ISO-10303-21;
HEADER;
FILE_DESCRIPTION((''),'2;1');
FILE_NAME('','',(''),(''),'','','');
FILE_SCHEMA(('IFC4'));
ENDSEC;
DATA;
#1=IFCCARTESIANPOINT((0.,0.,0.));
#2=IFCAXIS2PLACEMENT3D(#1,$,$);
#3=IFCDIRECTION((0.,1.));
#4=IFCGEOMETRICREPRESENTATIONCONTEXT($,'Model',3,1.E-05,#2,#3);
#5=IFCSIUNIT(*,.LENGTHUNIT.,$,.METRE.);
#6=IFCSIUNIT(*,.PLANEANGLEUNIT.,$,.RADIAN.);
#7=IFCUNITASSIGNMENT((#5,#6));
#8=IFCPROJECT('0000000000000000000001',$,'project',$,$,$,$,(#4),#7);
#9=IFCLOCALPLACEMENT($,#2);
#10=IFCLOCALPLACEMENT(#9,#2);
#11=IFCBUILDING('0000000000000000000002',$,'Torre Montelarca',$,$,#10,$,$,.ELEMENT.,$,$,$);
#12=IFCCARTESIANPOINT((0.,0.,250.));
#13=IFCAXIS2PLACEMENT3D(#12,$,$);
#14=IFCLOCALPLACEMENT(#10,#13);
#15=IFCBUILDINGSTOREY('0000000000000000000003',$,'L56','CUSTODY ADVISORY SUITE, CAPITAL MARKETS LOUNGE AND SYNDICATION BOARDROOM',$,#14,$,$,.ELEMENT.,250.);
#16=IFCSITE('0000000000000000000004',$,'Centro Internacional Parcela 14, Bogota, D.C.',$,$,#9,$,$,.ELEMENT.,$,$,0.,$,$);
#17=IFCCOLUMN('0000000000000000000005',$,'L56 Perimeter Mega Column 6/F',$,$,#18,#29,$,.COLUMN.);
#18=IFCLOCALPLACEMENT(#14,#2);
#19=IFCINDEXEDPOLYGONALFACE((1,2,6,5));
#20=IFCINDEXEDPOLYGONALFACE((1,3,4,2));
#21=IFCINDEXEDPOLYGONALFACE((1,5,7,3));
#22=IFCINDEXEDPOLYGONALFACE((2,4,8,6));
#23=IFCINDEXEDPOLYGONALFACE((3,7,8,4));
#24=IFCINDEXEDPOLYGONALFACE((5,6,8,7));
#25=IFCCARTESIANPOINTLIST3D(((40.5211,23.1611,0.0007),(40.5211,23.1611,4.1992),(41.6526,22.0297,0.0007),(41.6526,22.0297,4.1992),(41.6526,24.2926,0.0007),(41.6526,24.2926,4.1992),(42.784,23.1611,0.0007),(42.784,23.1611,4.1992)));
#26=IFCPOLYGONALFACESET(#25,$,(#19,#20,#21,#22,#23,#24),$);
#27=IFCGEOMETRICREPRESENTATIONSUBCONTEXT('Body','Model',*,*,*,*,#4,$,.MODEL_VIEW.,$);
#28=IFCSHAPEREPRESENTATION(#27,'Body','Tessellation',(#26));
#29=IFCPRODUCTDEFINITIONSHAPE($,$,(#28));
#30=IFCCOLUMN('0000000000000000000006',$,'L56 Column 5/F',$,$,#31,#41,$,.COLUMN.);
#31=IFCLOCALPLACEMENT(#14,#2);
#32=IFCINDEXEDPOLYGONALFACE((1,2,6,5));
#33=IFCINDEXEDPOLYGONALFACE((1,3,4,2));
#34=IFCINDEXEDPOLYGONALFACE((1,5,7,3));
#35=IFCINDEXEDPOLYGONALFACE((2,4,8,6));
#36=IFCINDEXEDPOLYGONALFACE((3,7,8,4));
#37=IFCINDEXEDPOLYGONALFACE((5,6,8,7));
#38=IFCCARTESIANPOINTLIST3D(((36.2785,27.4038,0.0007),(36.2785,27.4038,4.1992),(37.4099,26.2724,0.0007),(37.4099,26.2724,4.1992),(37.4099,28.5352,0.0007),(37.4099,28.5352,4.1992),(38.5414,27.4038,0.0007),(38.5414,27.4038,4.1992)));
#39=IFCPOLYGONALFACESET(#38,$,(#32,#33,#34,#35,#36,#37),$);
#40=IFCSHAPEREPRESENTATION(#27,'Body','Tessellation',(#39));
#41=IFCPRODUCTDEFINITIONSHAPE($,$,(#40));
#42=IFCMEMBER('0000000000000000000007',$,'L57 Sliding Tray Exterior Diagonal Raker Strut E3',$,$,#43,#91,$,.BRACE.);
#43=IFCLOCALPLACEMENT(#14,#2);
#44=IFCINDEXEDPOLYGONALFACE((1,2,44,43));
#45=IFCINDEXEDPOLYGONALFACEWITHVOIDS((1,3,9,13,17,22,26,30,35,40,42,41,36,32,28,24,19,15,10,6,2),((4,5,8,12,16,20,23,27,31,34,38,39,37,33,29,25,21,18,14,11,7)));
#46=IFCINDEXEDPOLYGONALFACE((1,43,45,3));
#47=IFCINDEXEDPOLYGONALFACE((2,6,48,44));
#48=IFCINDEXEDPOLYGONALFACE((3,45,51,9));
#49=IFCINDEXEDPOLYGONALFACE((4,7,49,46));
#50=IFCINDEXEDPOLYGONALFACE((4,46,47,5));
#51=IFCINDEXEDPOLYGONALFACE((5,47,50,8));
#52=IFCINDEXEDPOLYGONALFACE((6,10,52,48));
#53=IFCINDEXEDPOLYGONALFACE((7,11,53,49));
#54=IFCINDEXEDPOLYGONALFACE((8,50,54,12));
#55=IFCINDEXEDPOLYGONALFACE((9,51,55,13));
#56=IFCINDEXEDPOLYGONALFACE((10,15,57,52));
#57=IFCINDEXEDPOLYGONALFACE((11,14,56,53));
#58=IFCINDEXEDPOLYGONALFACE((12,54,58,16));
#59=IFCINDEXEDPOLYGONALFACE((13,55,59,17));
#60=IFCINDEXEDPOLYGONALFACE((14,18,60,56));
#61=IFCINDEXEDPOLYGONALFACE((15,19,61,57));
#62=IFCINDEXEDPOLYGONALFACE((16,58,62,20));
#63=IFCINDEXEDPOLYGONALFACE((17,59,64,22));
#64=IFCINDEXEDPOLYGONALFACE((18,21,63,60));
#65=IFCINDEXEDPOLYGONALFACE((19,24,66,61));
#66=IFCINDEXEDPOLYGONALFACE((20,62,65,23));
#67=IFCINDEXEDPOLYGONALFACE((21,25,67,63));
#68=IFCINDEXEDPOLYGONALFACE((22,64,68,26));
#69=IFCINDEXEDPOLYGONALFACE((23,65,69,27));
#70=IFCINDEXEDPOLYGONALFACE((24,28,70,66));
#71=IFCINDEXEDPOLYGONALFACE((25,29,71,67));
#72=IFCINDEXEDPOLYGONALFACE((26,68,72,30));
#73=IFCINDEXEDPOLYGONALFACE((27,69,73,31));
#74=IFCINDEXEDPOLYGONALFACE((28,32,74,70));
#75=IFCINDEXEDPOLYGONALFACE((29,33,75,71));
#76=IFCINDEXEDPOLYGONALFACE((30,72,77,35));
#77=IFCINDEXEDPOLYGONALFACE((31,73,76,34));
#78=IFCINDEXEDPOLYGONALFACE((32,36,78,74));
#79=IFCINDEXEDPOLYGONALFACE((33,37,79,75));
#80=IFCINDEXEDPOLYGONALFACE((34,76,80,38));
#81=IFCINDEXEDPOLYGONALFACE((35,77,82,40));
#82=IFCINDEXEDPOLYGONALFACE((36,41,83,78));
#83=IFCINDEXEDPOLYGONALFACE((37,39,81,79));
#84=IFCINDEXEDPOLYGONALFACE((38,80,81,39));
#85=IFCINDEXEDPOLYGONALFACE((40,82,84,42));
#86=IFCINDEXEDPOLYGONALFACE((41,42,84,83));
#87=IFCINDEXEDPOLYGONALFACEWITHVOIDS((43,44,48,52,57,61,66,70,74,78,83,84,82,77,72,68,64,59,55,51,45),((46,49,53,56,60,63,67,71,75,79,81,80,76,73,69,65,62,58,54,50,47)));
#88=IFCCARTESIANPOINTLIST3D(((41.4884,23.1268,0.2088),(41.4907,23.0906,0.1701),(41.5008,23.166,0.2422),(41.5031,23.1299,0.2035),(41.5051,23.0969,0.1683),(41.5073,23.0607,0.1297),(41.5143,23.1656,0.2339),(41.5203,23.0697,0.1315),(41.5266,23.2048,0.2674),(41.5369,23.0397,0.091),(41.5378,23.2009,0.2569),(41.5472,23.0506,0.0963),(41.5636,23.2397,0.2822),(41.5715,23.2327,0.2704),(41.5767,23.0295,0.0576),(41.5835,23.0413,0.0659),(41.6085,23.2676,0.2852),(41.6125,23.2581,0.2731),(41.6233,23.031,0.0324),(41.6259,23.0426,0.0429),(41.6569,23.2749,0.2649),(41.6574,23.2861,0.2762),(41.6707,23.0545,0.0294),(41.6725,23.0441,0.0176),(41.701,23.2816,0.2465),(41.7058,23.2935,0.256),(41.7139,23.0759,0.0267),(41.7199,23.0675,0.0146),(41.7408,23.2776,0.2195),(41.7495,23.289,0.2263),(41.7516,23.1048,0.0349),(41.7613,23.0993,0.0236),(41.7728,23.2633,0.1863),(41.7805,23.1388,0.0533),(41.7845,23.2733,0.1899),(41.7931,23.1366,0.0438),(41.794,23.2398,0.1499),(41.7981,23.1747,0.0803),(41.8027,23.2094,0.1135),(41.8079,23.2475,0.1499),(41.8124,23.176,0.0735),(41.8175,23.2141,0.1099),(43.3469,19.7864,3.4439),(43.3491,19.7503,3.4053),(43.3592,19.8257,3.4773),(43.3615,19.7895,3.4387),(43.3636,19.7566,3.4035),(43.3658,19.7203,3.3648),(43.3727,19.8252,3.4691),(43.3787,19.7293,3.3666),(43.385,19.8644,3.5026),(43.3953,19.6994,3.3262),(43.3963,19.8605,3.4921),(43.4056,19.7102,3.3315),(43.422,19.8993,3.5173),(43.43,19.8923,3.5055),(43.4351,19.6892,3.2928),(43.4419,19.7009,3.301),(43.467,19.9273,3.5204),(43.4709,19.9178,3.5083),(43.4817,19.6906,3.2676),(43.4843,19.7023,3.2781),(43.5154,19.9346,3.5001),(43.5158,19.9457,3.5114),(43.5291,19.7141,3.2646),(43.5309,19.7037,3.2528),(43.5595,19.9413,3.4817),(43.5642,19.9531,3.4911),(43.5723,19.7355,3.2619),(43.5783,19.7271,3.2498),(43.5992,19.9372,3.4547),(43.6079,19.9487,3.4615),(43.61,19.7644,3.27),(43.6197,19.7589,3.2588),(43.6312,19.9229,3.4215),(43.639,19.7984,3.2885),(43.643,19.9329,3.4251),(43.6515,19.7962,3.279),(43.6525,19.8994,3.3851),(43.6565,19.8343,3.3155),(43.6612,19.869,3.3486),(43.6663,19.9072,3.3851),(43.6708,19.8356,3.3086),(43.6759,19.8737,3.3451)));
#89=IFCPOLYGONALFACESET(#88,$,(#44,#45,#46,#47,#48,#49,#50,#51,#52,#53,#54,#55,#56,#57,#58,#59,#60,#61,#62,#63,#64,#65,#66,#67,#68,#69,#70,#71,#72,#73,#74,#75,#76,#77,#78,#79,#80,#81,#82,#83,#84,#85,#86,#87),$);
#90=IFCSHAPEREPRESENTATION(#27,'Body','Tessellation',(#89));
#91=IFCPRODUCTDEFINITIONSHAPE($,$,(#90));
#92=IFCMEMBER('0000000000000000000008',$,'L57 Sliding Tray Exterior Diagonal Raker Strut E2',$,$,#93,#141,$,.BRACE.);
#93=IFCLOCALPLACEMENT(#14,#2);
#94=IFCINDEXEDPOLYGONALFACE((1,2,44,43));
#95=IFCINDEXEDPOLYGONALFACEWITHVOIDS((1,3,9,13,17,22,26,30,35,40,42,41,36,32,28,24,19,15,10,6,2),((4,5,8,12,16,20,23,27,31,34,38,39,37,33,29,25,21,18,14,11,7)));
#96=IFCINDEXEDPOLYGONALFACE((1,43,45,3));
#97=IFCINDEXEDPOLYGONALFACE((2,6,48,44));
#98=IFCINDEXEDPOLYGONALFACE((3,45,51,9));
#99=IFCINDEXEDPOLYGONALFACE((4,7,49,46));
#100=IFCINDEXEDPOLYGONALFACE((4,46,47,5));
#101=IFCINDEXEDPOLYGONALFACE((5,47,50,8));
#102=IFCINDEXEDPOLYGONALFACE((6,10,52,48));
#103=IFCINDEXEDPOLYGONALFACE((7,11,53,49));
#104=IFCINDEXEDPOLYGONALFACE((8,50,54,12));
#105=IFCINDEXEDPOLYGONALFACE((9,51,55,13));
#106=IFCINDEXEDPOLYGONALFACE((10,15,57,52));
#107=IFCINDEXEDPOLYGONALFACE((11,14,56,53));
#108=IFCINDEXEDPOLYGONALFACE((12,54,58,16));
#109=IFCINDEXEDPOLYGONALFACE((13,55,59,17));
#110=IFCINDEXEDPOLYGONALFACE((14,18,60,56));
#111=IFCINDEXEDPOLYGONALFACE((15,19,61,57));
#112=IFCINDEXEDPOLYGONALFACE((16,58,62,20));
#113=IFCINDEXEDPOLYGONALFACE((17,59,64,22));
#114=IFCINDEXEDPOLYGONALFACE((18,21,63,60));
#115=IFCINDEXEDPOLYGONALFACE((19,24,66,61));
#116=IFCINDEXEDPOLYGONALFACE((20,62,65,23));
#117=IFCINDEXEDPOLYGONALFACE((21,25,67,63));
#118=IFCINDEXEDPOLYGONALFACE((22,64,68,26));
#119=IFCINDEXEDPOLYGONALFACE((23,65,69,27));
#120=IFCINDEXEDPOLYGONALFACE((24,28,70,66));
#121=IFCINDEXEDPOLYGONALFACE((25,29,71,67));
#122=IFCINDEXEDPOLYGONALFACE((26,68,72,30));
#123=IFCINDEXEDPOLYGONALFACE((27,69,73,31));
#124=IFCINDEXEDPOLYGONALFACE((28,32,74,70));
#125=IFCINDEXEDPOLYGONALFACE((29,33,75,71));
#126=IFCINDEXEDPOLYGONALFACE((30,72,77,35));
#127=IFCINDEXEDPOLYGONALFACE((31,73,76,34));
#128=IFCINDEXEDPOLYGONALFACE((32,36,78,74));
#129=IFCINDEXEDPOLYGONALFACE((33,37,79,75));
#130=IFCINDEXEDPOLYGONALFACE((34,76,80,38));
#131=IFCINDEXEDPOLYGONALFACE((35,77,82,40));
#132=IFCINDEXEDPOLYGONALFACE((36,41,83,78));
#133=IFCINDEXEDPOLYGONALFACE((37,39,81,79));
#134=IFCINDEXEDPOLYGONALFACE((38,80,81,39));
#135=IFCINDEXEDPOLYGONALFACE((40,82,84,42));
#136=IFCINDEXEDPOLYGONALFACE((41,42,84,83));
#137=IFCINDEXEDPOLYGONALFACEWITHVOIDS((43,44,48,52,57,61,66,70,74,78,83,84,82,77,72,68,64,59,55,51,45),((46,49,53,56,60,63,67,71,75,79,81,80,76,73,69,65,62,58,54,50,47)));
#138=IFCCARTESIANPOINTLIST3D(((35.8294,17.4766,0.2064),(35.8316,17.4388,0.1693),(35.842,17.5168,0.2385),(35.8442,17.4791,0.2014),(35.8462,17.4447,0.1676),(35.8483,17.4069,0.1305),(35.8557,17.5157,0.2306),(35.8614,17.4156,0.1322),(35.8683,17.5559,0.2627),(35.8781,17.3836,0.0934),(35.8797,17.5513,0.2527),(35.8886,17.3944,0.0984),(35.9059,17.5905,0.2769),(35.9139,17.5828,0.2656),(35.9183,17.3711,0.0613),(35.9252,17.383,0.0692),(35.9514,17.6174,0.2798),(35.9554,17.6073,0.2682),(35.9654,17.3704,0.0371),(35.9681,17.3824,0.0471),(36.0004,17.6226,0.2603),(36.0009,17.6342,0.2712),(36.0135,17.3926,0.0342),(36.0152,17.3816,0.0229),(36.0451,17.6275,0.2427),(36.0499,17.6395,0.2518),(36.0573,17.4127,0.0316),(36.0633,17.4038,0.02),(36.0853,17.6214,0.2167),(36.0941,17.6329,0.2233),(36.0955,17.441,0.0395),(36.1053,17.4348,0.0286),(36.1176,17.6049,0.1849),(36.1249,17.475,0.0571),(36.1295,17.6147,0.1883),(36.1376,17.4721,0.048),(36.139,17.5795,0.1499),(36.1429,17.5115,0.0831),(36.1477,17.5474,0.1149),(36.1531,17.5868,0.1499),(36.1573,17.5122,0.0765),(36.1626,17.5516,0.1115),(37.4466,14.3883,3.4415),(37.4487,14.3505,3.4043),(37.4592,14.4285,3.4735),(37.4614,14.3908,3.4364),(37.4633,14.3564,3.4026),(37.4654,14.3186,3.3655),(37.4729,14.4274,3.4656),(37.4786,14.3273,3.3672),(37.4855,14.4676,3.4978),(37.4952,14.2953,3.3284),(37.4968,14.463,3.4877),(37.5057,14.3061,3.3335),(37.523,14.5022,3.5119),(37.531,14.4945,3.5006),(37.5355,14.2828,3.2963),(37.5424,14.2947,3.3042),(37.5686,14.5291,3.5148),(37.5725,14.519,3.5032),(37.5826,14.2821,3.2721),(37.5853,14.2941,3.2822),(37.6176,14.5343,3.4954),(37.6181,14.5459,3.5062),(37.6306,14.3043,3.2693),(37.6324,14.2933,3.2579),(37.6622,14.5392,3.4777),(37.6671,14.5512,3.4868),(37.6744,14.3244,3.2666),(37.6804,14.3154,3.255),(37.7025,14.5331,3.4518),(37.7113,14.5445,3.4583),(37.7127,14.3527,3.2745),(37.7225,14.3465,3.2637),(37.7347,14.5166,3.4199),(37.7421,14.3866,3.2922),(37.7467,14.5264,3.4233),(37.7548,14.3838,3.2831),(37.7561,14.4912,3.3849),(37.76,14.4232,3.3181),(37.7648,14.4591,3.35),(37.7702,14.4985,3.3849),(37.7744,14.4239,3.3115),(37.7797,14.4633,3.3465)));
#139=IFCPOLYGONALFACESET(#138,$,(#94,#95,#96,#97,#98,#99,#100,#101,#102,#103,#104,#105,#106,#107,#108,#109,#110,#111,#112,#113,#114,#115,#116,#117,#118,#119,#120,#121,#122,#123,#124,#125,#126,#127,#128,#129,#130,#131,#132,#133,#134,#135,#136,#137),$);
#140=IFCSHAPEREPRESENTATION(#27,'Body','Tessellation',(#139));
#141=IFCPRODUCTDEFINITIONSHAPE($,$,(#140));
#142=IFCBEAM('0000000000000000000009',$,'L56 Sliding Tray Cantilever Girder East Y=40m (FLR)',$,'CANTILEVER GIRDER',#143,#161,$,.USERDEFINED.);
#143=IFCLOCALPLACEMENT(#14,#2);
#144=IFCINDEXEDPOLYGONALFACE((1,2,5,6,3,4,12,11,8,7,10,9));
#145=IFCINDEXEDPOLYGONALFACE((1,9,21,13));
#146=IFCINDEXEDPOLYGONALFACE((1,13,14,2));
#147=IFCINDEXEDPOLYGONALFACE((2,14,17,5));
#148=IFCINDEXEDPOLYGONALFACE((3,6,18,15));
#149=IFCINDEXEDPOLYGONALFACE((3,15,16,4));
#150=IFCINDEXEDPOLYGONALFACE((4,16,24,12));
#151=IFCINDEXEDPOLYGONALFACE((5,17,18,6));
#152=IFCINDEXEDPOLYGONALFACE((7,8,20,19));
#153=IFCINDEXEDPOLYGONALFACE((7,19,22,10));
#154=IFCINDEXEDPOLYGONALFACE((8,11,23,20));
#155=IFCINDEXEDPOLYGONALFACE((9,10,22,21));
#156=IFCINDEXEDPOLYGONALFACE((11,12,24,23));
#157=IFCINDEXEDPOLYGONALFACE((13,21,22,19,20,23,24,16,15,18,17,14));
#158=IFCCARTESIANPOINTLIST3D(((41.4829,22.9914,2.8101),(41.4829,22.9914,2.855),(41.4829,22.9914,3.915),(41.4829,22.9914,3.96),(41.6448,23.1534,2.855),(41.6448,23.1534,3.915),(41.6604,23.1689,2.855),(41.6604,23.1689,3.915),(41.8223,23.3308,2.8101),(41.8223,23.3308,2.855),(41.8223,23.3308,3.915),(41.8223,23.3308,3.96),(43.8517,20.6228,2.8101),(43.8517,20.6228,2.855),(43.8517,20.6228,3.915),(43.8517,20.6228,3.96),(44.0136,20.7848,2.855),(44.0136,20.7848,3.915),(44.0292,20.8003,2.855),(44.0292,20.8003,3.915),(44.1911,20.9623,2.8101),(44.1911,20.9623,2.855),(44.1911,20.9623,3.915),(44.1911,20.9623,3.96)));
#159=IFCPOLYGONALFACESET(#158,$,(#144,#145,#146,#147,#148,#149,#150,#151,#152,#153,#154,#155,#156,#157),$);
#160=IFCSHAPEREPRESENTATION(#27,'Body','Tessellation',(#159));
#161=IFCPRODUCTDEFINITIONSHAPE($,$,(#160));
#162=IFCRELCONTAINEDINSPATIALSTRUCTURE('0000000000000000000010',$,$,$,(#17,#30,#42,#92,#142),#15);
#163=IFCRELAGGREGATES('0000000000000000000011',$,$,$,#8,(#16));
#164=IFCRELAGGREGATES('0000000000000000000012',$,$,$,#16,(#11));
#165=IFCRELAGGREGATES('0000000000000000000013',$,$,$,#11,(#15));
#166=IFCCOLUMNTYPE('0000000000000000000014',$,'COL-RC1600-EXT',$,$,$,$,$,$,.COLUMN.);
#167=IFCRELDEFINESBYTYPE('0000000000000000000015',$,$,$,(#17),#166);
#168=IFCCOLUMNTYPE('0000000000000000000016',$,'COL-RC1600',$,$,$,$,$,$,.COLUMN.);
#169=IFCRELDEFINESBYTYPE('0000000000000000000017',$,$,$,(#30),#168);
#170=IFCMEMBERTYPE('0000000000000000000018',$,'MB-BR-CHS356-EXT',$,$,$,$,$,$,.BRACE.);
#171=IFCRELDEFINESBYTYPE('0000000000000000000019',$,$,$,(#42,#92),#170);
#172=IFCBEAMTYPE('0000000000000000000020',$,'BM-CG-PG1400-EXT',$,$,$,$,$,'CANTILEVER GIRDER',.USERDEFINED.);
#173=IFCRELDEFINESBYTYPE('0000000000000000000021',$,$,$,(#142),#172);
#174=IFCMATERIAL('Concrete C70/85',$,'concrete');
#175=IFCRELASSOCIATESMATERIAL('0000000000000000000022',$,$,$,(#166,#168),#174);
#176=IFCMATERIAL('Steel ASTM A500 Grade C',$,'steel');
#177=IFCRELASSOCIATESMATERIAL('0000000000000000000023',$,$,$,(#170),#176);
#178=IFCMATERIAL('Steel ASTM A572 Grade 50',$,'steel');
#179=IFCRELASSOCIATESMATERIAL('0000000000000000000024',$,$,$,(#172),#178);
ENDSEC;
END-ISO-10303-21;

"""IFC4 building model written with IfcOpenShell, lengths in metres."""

from ifc_helpers import new_model, si_unit, direction, frame, origin, origin_2d, place, context, subcontext, project, spatial, rectangle, hollow_circle, i_section, extrude, source, transform, mapped, material, material_profile, profile_set, type_object, element, save


model = new_model("IFC4")

# Units and contexts
model_context = context("Model", 3, precision=1e-05, world=origin(), true_north=direction((0.0, 1.0)))
body_context = subcontext(model_context, "Body", "Model", "MODEL_VIEW")
ifc_project = project(units=[si_unit("LENGTHUNIT", "METRE"), si_unit("PLANEANGLEUNIT", "RADIAN")], contexts=[model_context])

# Site, building, storey
site_placement = place(None, origin())
site = spatial("IfcSite", under=ifc_project, at=site_placement, Name="Centro Internacional Parcela 14, Bogota, D.C.", CompositionType="ELEMENT", RefElevation=0.0)
building_placement = place(site_placement, origin())
building = spatial("IfcBuilding", under=site, at=building_placement, Name="Torre Montelarca", CompositionType="ELEMENT")
storey_placement = place(building_placement, frame((0.0, 0.0, 250.0)))
storey = spatial("IfcBuildingStorey", under=building, at=storey_placement, Name="L56", Description="CUSTODY ADVISORY SUITE, CAPITAL MARKETS LOUNGE AND SYNDICATION BOARDROOM", CompositionType="ELEMENT", Elevation=250.0)

# Columns
ifc_material_1 = material(Name="Concrete C70/85", Category="concrete")
ifc_material_profile_1 = material_profile(ifc_material_1, rectangle(XDim=1.6001, YDim=1.6001, at=origin_2d()), Name="RC1600X1600", Category="concrete")
ifc_profile_set_1 = profile_set([ifc_material_profile_1], Name="Concrete C70/85")
column_type_1 = type_object("IfcColumnType", Name="COL-RC1600-EXT", PredefinedType="COLUMN", material=ifc_profile_set_1)
shared_shape_1 = source(origin(), body_context, "Body", "SweptSolid", [
    extrude(rectangle(XDim=1.6001, YDim=1.6001, at=origin_2d()), origin(), (0.0, 0.0, 1.0), 4.1985),
])
column_1_placement = place(storey_placement, frame((41.6526, 23.1611, 0.0007), z_axis=(0.0, 0.0, 1.0), x_axis=(-0.707107, 0.707107, 0.0)))
element("IfcColumn", 1, at=column_1_placement, inside=storey, type_object=column_type_1, Name="L56 Perimeter Mega Column 6/F", PredefinedType="COLUMN", context=body_context, shape_type="MappedRepresentation", body=[
    mapped(shared_shape_1, transform((0.0, 0.0, 0.0), scale=1.0)),
])
ifc_material_profile_2 = material_profile(ifc_material_1, rectangle(XDim=1.6001, YDim=1.6001, at=origin_2d()), Name="RC1600X1600", Category="concrete")
ifc_profile_set_2 = profile_set([ifc_material_profile_2], Name="Concrete C70/85")
column_type_2 = type_object("IfcColumnType", Name="COL-RC1600", PredefinedType="COLUMN", material=ifc_profile_set_2)
shared_shape_2 = source(origin(), body_context, "Body", "SweptSolid", [
    extrude(rectangle(XDim=1.6001, YDim=1.6001, at=origin_2d()), origin(), (0.0, 0.0, 1.0), 4.1985),
])
column_2_placement = place(storey_placement, frame((37.4099, 27.4038, 0.0007), z_axis=(0.0, 0.0, 1.0), x_axis=(-0.707107, 0.707107, 0.0)))
element("IfcColumn", 2, at=column_2_placement, inside=storey, type_object=column_type_2, Name="L56 Column 5/F", PredefinedType="COLUMN", context=body_context, shape_type="MappedRepresentation", body=[
    mapped(shared_shape_2, transform((0.0, 0.0, 0.0), scale=1.0)),
])

# Members
ifc_material_2 = material(Name="Steel ASTM A500 Grade C", Category="steel")
ifc_material_profile_3 = material_profile(ifc_material_2, hollow_circle(Radius=0.1777, WallThickness=0.0159, at=origin_2d()), Name="HSS355.6X15.9", Category="steel")
ifc_profile_set_3 = profile_set([ifc_material_profile_3], Name="Steel ASTM A500 Grade C")
member_type_1 = type_object("IfcMemberType", Name="MB-BR-CHS356-EXT", PredefinedType="BRACE", material=ifc_profile_set_3)
shared_shape_3 = source(origin(), body_context, "Body", "SweptSolid", [
    extrude(hollow_circle(Radius=0.1777, WallThickness=0.0159, at=origin_2d()), origin(), (0.0, 0.0, 1.0), 5.0078),
])
member_1_placement = place(storey_placement, frame((41.6526, 23.1611, 0.1499), z_axis=(0.371106, -0.667035, 0.646022), x_axis=(0.873862, 0.486174, 0.0)))
element("IfcMember", 3, at=member_1_placement, inside=storey, type_object=member_type_1, Name="L57 Sliding Tray Exterior Diagonal Raker Strut E3", PredefinedType="BRACE", context=body_context, shape_type="MappedRepresentation", body=[
    mapped(shared_shape_3, transform((0.0, 0.0, 0.0), scale=1.0)),
])
shared_shape_4 = source(origin(), body_context, "Body", "SweptSolid", [
    extrude(hollow_circle(Radius=0.1777, WallThickness=0.0159, at=origin_2d()), origin(), (0.0, 0.0, 1.0), 4.7559),
])
member_2_placement = place(storey_placement, frame((35.9956, 17.5044, 0.1499), z_axis=(0.340033, -0.649368, 0.68022), x_axis=(0.885895, 0.463887, 0.0)))
element("IfcMember", 4, at=member_2_placement, inside=storey, type_object=member_type_1, Name="L57 Sliding Tray Exterior Diagonal Raker Strut E2", PredefinedType="BRACE", context=body_context, shape_type="MappedRepresentation", body=[
    mapped(shared_shape_4, transform((0.0, 0.0, 0.0), scale=1.0)),
])

# Beam
ifc_material_3 = material(Name="Steel ASTM A572 Grade 50", Category="steel")
ifc_material_profile_4 = material_profile(ifc_material_3, i_section(OverallWidth=0.48, OverallDepth=1.1499, WebThickness=0.022, FlangeThickness=0.0449, at=origin_2d()), Name="PG1150X480X22X45", Category="steel")
ifc_profile_set_4 = profile_set([ifc_material_profile_4], Name="Steel ASTM A572 Grade 50")
beam_type_1 = type_object("IfcBeamType", Name="BM-CG-PG1400-EXT", ElementType="CANTILEVER GIRDER", PredefinedType="USERDEFINED", material=ifc_profile_set_4)
shared_shape_5 = source(origin(), body_context, "Body", "SweptSolid", [
    extrude(i_section(OverallWidth=0.48, OverallDepth=1.1499, WebThickness=0.022, FlangeThickness=0.0449, at=origin_2d()), origin(), (0.0, 0.0, 1.0), 3.3499),
])
beam_1_placement = place(storey_placement, frame((41.6526, 23.1611, 3.385), z_axis=(0.707143, -0.70707, 0.0), x_axis=(0.70707, 0.707143, 0.0)))
element("IfcBeam", 5, at=beam_1_placement, inside=storey, type_object=beam_type_1, Name="L56 Sliding Tray Cantilever Girder East Y=40m (FLR)", ObjectType="CANTILEVER GIRDER", PredefinedType="USERDEFINED", context=body_context, shape_type="MappedRepresentation", body=[
    mapped(shared_shape_5, transform((0.0, 0.0, 0.0), scale=1.0)),
])

save(model, "model.ifc")
